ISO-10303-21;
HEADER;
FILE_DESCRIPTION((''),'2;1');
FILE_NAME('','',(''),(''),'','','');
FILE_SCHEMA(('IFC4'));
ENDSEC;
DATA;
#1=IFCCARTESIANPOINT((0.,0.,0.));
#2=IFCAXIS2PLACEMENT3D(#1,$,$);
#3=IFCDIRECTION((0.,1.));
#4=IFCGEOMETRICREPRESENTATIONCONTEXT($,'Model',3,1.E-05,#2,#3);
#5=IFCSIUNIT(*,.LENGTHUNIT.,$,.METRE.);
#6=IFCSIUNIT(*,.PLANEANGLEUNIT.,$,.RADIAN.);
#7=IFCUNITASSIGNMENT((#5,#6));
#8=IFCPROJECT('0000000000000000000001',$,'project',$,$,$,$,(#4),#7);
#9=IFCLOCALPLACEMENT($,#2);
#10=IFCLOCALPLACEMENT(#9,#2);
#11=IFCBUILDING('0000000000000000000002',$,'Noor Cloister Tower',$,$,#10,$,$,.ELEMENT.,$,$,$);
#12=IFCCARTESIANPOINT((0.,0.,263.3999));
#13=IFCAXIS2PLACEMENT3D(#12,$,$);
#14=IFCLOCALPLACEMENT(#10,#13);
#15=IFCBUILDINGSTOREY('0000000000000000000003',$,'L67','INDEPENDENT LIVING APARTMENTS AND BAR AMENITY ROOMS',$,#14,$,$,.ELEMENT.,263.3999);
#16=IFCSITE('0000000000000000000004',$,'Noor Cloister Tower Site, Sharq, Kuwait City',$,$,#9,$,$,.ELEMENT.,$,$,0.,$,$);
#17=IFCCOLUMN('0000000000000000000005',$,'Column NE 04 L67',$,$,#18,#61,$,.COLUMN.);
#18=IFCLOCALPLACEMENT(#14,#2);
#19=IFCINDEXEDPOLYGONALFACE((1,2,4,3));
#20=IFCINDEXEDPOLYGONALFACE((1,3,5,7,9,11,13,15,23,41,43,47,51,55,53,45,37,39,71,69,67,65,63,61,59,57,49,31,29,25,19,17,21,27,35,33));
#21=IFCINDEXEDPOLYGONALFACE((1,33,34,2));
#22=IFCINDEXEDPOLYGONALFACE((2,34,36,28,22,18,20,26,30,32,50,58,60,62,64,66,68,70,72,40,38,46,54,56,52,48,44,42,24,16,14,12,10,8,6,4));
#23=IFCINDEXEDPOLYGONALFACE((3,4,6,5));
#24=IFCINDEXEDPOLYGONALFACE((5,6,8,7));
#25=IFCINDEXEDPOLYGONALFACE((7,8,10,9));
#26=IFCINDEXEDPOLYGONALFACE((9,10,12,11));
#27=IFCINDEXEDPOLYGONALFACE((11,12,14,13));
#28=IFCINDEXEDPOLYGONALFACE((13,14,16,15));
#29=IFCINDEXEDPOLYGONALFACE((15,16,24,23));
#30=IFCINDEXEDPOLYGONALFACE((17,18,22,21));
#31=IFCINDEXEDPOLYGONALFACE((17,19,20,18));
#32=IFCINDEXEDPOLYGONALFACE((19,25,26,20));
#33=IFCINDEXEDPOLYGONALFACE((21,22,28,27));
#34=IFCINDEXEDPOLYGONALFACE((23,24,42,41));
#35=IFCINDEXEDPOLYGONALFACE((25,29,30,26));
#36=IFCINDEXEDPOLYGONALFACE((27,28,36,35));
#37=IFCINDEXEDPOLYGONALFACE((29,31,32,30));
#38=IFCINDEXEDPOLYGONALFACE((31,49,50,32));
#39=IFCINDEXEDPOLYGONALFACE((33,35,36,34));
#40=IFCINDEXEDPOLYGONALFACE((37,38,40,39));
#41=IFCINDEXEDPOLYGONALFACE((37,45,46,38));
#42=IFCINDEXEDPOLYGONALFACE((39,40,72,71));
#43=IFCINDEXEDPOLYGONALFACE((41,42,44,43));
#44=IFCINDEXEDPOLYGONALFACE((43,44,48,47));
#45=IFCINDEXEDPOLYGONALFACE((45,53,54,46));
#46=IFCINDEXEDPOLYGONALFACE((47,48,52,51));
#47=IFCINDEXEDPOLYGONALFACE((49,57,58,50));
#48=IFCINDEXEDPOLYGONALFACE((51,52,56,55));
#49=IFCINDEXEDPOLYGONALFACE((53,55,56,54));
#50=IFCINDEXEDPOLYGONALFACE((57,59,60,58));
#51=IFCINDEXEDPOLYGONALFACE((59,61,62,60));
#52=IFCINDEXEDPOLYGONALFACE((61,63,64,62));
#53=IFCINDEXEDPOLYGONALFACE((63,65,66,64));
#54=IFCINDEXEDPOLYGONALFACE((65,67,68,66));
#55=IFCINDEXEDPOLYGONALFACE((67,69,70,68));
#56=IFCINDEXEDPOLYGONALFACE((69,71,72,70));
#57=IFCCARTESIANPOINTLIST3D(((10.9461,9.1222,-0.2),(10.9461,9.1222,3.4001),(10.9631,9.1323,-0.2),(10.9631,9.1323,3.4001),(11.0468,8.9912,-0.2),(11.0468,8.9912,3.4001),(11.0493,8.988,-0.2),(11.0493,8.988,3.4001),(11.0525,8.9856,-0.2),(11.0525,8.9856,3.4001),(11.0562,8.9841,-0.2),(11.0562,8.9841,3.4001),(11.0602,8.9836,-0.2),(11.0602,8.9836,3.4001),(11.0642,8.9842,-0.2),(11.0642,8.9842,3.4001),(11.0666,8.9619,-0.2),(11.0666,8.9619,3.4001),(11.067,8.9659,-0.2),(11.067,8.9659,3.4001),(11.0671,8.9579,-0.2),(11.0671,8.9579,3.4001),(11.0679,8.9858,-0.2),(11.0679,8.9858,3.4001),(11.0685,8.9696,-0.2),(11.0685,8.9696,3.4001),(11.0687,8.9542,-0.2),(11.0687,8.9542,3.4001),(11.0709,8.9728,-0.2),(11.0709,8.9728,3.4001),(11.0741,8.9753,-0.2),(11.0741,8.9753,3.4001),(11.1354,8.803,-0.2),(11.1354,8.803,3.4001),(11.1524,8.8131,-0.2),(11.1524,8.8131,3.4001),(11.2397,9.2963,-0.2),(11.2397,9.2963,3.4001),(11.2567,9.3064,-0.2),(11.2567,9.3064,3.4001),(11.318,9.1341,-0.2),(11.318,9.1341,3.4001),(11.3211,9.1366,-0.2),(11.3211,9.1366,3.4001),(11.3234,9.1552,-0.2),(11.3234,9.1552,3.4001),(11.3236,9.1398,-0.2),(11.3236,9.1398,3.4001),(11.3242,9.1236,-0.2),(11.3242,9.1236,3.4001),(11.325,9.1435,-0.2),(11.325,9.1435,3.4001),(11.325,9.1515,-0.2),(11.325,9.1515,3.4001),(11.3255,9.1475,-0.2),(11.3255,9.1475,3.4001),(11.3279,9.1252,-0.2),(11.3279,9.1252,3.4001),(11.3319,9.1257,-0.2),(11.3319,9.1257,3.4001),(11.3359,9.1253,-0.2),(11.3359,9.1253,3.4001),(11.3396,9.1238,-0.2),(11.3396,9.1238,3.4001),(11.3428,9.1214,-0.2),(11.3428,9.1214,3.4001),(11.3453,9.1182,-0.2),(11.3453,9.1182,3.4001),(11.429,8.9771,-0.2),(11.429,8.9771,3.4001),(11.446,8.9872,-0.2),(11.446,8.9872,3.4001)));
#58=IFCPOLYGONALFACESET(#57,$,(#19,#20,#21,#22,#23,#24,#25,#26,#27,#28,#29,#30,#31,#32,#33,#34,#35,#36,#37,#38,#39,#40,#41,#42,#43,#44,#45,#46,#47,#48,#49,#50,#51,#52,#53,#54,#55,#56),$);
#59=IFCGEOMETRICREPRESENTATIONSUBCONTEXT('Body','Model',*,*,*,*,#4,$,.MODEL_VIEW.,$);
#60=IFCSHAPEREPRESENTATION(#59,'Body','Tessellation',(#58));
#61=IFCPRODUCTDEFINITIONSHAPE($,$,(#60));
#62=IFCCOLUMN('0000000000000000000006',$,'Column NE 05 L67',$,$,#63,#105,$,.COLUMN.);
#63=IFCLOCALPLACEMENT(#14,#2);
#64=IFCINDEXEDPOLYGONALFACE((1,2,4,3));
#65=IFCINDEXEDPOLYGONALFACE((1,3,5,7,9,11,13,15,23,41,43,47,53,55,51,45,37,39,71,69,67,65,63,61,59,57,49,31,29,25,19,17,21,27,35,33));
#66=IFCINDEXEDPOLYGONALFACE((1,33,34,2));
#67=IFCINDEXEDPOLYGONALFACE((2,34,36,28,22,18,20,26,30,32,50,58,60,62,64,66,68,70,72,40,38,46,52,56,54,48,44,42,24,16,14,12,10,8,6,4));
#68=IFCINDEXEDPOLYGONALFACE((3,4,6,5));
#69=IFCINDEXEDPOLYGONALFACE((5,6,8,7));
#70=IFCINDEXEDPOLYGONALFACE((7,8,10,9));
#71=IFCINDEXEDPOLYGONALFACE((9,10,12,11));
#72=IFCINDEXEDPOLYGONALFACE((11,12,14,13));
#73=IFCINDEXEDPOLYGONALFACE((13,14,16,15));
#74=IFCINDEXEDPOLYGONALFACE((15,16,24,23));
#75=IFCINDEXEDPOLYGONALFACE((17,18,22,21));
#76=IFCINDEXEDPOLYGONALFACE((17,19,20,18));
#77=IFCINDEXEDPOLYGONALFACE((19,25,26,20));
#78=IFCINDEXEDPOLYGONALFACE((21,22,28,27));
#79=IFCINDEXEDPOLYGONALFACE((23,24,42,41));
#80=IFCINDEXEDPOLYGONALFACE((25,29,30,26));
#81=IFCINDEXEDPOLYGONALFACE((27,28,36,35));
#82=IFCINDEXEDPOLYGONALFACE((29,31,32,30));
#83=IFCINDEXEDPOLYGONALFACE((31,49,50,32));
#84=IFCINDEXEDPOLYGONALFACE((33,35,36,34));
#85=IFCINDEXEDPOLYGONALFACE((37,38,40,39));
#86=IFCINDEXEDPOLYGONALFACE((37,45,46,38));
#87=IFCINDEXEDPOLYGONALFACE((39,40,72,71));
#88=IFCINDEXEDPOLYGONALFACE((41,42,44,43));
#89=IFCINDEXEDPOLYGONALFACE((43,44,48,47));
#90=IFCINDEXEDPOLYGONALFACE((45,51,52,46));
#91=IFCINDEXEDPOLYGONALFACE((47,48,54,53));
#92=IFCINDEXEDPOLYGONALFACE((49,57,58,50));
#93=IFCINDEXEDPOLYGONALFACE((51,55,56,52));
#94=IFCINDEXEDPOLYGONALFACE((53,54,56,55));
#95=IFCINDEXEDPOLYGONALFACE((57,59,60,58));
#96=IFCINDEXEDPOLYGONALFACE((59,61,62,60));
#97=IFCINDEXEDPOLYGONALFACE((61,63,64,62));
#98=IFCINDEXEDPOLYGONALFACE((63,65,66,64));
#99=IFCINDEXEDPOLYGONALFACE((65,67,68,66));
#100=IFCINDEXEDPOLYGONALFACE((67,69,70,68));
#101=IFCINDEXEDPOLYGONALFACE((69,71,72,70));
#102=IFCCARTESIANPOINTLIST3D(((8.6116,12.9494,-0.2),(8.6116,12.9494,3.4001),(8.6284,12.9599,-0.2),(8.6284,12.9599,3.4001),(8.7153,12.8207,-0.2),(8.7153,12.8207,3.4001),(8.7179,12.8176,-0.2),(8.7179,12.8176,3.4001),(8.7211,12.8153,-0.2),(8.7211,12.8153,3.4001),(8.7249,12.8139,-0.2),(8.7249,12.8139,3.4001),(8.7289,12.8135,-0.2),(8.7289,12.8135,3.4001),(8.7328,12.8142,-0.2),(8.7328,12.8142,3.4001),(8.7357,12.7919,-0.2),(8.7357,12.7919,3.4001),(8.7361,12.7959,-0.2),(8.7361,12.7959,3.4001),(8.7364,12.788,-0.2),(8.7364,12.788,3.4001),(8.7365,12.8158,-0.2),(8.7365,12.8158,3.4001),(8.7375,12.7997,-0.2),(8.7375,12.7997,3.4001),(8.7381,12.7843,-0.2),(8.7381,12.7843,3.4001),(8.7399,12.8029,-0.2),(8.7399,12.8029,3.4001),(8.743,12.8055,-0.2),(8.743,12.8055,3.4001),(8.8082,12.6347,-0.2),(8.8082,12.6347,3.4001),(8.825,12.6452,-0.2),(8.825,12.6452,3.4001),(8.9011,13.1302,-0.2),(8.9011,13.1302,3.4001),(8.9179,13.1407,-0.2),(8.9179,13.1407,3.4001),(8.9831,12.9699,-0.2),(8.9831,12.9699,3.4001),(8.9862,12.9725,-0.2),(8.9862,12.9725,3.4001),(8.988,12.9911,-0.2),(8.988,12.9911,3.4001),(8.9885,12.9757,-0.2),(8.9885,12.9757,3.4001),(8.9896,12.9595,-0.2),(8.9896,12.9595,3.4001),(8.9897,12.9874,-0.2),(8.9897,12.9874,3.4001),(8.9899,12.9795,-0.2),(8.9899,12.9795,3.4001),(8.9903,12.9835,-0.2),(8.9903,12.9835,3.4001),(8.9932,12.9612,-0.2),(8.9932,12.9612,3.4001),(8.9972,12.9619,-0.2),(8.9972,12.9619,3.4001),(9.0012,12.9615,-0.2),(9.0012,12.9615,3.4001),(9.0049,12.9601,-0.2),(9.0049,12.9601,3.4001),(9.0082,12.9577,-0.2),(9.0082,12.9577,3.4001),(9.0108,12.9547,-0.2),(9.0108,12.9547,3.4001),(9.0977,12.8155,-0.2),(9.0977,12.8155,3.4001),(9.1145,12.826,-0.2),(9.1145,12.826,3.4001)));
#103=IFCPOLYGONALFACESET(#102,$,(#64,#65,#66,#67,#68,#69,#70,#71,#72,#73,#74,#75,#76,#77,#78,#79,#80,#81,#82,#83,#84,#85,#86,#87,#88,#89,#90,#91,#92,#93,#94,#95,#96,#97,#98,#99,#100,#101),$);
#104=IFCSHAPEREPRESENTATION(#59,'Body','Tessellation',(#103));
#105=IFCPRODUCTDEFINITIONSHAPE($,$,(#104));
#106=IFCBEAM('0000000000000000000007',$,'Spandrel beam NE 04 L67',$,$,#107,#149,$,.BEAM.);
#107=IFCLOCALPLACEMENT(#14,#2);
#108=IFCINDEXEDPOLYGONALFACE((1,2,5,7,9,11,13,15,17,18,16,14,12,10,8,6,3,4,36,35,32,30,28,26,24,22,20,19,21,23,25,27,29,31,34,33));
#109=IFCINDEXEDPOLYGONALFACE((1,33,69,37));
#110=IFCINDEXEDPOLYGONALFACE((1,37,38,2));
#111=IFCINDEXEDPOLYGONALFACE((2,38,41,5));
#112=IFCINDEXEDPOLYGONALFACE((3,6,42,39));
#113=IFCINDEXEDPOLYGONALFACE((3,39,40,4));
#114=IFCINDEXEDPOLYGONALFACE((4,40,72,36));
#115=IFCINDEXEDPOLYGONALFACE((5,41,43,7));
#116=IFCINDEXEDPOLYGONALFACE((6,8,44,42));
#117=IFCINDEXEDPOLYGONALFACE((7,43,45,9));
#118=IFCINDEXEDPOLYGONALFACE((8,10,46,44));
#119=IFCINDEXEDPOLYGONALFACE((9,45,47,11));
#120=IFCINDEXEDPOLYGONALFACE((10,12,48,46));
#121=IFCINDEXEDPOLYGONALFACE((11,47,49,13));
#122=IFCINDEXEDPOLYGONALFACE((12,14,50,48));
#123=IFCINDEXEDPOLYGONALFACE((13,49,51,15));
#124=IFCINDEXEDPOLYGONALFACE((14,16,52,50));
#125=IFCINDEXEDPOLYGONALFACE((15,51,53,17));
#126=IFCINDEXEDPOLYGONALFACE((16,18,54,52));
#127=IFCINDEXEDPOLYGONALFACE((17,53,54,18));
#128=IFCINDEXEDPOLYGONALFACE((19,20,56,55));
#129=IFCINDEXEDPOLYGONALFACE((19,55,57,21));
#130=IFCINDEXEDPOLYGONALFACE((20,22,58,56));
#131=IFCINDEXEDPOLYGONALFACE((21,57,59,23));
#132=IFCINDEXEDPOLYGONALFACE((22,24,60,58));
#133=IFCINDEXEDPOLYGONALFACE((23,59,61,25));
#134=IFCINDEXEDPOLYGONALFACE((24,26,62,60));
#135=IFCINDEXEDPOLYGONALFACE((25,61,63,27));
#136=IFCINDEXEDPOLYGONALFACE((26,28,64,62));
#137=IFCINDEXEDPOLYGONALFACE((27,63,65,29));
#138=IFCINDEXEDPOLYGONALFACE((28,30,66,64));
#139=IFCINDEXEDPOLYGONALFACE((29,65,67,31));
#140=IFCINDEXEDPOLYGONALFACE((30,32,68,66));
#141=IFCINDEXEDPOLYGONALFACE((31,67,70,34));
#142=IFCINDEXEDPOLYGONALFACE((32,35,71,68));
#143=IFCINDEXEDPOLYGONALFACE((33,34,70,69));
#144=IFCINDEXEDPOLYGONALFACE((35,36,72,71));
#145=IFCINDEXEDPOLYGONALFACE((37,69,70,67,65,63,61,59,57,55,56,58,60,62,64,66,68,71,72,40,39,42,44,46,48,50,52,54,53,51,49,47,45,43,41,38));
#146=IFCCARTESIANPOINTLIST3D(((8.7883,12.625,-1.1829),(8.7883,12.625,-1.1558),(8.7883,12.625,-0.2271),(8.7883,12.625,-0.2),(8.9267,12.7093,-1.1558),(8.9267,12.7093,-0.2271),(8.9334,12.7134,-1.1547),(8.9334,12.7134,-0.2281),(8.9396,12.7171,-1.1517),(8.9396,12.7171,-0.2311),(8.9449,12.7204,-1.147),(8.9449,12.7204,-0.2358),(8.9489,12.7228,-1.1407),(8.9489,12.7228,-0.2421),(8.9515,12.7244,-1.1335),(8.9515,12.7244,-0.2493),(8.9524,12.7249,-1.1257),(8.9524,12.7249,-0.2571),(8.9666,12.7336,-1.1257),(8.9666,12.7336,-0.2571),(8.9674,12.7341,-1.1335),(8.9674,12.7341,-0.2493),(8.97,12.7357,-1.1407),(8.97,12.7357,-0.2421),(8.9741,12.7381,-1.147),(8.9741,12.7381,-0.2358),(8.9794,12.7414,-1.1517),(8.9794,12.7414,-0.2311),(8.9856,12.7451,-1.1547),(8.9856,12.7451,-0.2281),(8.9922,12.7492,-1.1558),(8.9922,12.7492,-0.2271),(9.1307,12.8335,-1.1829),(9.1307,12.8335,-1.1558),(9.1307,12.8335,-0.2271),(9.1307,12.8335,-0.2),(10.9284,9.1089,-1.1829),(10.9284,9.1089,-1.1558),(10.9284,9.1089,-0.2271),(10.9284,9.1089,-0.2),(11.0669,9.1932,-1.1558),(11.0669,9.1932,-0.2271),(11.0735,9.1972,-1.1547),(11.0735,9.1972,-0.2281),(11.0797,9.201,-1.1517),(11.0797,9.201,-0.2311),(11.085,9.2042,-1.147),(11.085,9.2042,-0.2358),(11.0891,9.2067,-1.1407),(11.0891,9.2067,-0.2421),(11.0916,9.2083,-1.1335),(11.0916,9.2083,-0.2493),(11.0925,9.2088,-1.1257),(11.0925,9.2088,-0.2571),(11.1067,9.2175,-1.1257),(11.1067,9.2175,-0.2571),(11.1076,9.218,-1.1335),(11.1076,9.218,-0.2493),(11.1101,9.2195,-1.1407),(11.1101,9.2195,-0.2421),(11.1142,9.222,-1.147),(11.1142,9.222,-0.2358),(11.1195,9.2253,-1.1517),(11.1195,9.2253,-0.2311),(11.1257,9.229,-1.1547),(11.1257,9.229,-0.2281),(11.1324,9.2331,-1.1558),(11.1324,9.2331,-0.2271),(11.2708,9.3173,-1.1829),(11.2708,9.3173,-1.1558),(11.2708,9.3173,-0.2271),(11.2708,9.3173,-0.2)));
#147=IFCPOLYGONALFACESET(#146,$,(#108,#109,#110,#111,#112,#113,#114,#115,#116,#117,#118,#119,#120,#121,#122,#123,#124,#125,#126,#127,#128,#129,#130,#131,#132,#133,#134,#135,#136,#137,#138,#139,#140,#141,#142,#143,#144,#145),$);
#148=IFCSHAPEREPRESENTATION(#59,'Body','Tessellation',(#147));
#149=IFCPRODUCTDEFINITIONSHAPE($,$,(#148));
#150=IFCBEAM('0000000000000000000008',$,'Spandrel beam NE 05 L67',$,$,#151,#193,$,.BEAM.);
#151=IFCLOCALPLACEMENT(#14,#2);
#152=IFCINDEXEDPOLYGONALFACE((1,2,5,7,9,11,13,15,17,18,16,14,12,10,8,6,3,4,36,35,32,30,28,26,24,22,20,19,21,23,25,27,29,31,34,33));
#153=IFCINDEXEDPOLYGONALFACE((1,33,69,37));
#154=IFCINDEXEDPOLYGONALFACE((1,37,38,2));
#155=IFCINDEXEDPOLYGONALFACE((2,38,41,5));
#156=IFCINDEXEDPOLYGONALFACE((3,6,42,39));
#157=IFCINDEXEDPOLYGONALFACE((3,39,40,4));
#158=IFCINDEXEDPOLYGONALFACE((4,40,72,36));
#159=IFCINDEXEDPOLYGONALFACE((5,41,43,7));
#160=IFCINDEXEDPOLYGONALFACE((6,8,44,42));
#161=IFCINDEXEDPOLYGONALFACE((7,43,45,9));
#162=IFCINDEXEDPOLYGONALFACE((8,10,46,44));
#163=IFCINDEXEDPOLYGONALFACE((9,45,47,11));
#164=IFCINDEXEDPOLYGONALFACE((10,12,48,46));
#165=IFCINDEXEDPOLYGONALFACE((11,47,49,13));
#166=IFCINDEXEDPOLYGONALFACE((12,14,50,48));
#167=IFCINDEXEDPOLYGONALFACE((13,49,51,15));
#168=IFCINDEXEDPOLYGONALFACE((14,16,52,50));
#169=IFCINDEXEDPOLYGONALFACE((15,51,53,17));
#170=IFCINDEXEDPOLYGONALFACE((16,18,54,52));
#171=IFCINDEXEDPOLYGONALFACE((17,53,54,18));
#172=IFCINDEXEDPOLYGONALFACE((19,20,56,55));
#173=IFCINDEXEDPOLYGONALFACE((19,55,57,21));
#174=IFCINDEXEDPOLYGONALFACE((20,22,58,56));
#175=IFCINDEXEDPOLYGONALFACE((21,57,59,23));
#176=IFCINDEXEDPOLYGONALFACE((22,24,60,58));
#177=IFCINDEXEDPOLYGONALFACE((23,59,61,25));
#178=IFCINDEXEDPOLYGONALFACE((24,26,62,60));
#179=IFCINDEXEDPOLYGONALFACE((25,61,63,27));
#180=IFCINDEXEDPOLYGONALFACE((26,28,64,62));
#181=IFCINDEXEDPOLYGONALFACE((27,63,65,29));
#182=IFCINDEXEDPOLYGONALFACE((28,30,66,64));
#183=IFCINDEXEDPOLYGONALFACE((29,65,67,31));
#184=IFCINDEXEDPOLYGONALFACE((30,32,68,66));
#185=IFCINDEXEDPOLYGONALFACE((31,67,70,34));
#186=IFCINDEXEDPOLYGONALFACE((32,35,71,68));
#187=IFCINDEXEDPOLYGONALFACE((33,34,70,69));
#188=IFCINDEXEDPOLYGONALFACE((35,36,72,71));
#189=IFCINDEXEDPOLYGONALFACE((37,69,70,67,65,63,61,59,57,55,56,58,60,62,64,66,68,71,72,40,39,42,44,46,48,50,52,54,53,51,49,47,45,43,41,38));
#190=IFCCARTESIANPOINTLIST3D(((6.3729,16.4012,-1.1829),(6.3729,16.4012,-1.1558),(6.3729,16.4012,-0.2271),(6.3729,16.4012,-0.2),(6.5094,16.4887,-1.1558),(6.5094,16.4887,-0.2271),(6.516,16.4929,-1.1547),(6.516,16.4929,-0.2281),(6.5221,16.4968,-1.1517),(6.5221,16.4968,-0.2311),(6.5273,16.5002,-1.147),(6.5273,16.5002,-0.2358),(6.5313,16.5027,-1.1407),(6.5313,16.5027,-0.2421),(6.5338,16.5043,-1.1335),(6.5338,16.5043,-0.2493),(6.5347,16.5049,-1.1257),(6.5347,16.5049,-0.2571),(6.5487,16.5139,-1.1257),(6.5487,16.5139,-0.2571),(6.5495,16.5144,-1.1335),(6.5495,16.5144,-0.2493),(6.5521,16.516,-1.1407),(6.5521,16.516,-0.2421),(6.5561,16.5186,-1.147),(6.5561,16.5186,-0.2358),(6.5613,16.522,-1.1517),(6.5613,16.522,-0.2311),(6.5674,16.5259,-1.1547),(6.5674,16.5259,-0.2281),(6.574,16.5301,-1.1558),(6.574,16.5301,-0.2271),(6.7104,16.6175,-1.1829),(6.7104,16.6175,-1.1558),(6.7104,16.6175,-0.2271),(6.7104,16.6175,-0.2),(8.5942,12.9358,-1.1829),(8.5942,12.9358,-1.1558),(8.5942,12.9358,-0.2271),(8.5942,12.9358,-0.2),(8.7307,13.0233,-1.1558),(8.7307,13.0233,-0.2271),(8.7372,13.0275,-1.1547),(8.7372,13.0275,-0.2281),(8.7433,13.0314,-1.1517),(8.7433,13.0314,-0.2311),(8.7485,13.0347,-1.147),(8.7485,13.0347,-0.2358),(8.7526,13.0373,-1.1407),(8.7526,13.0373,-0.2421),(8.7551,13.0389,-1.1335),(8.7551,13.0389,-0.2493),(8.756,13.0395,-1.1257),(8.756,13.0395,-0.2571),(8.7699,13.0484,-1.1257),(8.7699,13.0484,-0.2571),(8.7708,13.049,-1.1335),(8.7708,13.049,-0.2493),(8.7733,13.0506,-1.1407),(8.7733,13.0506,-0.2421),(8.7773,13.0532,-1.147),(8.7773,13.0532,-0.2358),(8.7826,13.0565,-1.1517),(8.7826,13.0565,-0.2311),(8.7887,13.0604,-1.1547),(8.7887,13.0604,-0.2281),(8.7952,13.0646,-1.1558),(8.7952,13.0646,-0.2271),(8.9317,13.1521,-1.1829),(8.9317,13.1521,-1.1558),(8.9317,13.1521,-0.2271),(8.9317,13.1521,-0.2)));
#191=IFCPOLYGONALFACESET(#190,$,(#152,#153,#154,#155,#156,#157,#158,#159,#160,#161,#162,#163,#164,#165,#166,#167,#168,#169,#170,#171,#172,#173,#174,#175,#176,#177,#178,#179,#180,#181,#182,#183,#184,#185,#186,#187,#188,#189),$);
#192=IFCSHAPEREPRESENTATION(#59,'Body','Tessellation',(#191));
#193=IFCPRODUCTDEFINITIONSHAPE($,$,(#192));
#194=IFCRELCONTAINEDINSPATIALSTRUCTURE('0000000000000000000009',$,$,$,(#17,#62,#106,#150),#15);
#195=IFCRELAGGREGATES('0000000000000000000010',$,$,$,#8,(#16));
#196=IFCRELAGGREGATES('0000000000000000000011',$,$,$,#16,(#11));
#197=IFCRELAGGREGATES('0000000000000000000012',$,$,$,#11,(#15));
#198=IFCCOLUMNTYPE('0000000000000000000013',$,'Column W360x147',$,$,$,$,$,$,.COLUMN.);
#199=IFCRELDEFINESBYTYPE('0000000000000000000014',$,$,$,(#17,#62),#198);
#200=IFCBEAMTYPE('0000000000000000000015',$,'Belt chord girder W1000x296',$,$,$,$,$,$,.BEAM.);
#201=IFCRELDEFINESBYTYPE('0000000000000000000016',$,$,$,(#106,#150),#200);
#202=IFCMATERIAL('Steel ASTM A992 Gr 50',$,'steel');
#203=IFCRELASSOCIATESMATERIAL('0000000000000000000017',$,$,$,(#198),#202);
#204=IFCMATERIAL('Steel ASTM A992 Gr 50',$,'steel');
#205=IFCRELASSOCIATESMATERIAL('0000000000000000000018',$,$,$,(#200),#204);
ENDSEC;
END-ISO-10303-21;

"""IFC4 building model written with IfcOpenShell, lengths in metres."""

from ifc_helpers import new_model, si_unit, direction, frame, origin, origin_2d, place, context, subcontext, project, spatial, i_section, extrude, material, material_profile, profile_set, type_object, element, save


model = new_model("IFC4")

# Units and contexts
model_context = context("Model", 3, precision=1e-05, world=origin(), true_north=direction((0.0, 1.0)))
body_context = subcontext(model_context, "Body", "Model", "MODEL_VIEW")
ifc_project = project(units=[si_unit("LENGTHUNIT", "METRE"), si_unit("PLANEANGLEUNIT", "RADIAN")], contexts=[model_context])

# Site, building, storey
site_placement = place(None, origin())
site = spatial("IfcSite", under=ifc_project, at=site_placement, Name="Noor Cloister Tower Site, Sharq, Kuwait City", CompositionType="ELEMENT", RefElevation=0.0)
building_placement = place(site_placement, origin())
building = spatial("IfcBuilding", under=site, at=building_placement, Name="Noor Cloister Tower", CompositionType="ELEMENT")
storey_placement = place(building_placement, frame((0.0, 0.0, 263.3999)))
storey = spatial("IfcBuildingStorey", under=building, at=storey_placement, Name="L67", Description="INDEPENDENT LIVING APARTMENTS AND BAR AMENITY ROOMS", CompositionType="ELEMENT", Elevation=263.3999)

# Columns
ifc_material_1 = material(Name="Steel ASTM A992 Gr 50", Category="steel")
ifc_material_profile_1 = material_profile(ifc_material_1, i_section(OverallWidth=0.3711, OverallDepth=0.3611, WebThickness=0.0122, FlangeThickness=0.0198, FilletRadius=0.0154, at=origin_2d()), Name="W360x147")
ifc_profile_set_1 = profile_set([ifc_material_profile_1], Name="Steel ASTM A992 Gr 50")
column_type = type_object("IfcColumnType", Name="Column W360x147", PredefinedType="COLUMN", material=ifc_profile_set_1)
for number, where, z_axis, x_axis, name in (
    (1, (11.196, 9.0547, -0.2), (0.0, 0.0, 1.0), (-0.510009, 0.860169, 0.0), "Column NE 04 L67"),
    (2, (8.863, 12.8877, -0.2), (0.0, 0.0, 1.0), (-0.529819, 0.848111, 0.0), "Column NE 05 L67"),
):
    element("IfcColumn", number, at=place(storey_placement, frame(where, z_axis=z_axis, x_axis=x_axis)), inside=storey, type_object=column_type, Name=name, PredefinedType="COLUMN", context=body_context, shape_type="SweptSolid", body=[
        extrude(i_section(OverallWidth=0.3711, OverallDepth=0.3611, WebThickness=0.0122, FlangeThickness=0.0198, FilletRadius=0.0154, at=origin_2d()), origin(), (0.0, 0.0, 1.0), 3.6001),
    ])

# Beams
ifc_material_2 = material(Name="Steel ASTM A992 Gr 50", Category="steel")
ifc_material_profile_2 = material_profile(ifc_material_2, i_section(OverallWidth=0.4009, OverallDepth=0.9829, WebThickness=0.0166, FlangeThickness=0.0271, FilletRadius=0.03, at=origin_2d()), Name="W1000x296")
ifc_profile_set_2 = profile_set([ifc_material_profile_2], Name="Steel ASTM A992 Gr 50")
beam_type_1 = type_object("IfcBeamType", Name="Belt chord girder W1000x296", PredefinedType="BEAM", material=ifc_profile_set_2)
for number, where, z_axis, x_axis, name in (
    (3, (11.0996, 9.2131, -0.6914), (-0.519928, 0.85421, 0.0), (-0.85421, -0.519928, 0.0), "Spandrel beam NE 04 L67"),
    (4, (8.7629, 13.0439, -0.6914), (-0.539636, 0.841898, 0.0), (-0.841898, -0.539636, 0.0), "Spandrel beam NE 05 L67"),
):
    element("IfcBeam", number, at=place(storey_placement, frame(where, z_axis=z_axis, x_axis=x_axis)), inside=storey, type_object=beam_type_1, Name=name, PredefinedType="BEAM", context=body_context, shape_type="SweptSolid", body=[
        extrude(i_section(OverallWidth=0.4009, OverallDepth=0.9829, WebThickness=0.0166, FlangeThickness=0.0271, FilletRadius=0.03, at=origin_2d()), origin(), (0.0, 0.0, 1.0), 4.1162),
    ])

save(model, "model.ifc")
